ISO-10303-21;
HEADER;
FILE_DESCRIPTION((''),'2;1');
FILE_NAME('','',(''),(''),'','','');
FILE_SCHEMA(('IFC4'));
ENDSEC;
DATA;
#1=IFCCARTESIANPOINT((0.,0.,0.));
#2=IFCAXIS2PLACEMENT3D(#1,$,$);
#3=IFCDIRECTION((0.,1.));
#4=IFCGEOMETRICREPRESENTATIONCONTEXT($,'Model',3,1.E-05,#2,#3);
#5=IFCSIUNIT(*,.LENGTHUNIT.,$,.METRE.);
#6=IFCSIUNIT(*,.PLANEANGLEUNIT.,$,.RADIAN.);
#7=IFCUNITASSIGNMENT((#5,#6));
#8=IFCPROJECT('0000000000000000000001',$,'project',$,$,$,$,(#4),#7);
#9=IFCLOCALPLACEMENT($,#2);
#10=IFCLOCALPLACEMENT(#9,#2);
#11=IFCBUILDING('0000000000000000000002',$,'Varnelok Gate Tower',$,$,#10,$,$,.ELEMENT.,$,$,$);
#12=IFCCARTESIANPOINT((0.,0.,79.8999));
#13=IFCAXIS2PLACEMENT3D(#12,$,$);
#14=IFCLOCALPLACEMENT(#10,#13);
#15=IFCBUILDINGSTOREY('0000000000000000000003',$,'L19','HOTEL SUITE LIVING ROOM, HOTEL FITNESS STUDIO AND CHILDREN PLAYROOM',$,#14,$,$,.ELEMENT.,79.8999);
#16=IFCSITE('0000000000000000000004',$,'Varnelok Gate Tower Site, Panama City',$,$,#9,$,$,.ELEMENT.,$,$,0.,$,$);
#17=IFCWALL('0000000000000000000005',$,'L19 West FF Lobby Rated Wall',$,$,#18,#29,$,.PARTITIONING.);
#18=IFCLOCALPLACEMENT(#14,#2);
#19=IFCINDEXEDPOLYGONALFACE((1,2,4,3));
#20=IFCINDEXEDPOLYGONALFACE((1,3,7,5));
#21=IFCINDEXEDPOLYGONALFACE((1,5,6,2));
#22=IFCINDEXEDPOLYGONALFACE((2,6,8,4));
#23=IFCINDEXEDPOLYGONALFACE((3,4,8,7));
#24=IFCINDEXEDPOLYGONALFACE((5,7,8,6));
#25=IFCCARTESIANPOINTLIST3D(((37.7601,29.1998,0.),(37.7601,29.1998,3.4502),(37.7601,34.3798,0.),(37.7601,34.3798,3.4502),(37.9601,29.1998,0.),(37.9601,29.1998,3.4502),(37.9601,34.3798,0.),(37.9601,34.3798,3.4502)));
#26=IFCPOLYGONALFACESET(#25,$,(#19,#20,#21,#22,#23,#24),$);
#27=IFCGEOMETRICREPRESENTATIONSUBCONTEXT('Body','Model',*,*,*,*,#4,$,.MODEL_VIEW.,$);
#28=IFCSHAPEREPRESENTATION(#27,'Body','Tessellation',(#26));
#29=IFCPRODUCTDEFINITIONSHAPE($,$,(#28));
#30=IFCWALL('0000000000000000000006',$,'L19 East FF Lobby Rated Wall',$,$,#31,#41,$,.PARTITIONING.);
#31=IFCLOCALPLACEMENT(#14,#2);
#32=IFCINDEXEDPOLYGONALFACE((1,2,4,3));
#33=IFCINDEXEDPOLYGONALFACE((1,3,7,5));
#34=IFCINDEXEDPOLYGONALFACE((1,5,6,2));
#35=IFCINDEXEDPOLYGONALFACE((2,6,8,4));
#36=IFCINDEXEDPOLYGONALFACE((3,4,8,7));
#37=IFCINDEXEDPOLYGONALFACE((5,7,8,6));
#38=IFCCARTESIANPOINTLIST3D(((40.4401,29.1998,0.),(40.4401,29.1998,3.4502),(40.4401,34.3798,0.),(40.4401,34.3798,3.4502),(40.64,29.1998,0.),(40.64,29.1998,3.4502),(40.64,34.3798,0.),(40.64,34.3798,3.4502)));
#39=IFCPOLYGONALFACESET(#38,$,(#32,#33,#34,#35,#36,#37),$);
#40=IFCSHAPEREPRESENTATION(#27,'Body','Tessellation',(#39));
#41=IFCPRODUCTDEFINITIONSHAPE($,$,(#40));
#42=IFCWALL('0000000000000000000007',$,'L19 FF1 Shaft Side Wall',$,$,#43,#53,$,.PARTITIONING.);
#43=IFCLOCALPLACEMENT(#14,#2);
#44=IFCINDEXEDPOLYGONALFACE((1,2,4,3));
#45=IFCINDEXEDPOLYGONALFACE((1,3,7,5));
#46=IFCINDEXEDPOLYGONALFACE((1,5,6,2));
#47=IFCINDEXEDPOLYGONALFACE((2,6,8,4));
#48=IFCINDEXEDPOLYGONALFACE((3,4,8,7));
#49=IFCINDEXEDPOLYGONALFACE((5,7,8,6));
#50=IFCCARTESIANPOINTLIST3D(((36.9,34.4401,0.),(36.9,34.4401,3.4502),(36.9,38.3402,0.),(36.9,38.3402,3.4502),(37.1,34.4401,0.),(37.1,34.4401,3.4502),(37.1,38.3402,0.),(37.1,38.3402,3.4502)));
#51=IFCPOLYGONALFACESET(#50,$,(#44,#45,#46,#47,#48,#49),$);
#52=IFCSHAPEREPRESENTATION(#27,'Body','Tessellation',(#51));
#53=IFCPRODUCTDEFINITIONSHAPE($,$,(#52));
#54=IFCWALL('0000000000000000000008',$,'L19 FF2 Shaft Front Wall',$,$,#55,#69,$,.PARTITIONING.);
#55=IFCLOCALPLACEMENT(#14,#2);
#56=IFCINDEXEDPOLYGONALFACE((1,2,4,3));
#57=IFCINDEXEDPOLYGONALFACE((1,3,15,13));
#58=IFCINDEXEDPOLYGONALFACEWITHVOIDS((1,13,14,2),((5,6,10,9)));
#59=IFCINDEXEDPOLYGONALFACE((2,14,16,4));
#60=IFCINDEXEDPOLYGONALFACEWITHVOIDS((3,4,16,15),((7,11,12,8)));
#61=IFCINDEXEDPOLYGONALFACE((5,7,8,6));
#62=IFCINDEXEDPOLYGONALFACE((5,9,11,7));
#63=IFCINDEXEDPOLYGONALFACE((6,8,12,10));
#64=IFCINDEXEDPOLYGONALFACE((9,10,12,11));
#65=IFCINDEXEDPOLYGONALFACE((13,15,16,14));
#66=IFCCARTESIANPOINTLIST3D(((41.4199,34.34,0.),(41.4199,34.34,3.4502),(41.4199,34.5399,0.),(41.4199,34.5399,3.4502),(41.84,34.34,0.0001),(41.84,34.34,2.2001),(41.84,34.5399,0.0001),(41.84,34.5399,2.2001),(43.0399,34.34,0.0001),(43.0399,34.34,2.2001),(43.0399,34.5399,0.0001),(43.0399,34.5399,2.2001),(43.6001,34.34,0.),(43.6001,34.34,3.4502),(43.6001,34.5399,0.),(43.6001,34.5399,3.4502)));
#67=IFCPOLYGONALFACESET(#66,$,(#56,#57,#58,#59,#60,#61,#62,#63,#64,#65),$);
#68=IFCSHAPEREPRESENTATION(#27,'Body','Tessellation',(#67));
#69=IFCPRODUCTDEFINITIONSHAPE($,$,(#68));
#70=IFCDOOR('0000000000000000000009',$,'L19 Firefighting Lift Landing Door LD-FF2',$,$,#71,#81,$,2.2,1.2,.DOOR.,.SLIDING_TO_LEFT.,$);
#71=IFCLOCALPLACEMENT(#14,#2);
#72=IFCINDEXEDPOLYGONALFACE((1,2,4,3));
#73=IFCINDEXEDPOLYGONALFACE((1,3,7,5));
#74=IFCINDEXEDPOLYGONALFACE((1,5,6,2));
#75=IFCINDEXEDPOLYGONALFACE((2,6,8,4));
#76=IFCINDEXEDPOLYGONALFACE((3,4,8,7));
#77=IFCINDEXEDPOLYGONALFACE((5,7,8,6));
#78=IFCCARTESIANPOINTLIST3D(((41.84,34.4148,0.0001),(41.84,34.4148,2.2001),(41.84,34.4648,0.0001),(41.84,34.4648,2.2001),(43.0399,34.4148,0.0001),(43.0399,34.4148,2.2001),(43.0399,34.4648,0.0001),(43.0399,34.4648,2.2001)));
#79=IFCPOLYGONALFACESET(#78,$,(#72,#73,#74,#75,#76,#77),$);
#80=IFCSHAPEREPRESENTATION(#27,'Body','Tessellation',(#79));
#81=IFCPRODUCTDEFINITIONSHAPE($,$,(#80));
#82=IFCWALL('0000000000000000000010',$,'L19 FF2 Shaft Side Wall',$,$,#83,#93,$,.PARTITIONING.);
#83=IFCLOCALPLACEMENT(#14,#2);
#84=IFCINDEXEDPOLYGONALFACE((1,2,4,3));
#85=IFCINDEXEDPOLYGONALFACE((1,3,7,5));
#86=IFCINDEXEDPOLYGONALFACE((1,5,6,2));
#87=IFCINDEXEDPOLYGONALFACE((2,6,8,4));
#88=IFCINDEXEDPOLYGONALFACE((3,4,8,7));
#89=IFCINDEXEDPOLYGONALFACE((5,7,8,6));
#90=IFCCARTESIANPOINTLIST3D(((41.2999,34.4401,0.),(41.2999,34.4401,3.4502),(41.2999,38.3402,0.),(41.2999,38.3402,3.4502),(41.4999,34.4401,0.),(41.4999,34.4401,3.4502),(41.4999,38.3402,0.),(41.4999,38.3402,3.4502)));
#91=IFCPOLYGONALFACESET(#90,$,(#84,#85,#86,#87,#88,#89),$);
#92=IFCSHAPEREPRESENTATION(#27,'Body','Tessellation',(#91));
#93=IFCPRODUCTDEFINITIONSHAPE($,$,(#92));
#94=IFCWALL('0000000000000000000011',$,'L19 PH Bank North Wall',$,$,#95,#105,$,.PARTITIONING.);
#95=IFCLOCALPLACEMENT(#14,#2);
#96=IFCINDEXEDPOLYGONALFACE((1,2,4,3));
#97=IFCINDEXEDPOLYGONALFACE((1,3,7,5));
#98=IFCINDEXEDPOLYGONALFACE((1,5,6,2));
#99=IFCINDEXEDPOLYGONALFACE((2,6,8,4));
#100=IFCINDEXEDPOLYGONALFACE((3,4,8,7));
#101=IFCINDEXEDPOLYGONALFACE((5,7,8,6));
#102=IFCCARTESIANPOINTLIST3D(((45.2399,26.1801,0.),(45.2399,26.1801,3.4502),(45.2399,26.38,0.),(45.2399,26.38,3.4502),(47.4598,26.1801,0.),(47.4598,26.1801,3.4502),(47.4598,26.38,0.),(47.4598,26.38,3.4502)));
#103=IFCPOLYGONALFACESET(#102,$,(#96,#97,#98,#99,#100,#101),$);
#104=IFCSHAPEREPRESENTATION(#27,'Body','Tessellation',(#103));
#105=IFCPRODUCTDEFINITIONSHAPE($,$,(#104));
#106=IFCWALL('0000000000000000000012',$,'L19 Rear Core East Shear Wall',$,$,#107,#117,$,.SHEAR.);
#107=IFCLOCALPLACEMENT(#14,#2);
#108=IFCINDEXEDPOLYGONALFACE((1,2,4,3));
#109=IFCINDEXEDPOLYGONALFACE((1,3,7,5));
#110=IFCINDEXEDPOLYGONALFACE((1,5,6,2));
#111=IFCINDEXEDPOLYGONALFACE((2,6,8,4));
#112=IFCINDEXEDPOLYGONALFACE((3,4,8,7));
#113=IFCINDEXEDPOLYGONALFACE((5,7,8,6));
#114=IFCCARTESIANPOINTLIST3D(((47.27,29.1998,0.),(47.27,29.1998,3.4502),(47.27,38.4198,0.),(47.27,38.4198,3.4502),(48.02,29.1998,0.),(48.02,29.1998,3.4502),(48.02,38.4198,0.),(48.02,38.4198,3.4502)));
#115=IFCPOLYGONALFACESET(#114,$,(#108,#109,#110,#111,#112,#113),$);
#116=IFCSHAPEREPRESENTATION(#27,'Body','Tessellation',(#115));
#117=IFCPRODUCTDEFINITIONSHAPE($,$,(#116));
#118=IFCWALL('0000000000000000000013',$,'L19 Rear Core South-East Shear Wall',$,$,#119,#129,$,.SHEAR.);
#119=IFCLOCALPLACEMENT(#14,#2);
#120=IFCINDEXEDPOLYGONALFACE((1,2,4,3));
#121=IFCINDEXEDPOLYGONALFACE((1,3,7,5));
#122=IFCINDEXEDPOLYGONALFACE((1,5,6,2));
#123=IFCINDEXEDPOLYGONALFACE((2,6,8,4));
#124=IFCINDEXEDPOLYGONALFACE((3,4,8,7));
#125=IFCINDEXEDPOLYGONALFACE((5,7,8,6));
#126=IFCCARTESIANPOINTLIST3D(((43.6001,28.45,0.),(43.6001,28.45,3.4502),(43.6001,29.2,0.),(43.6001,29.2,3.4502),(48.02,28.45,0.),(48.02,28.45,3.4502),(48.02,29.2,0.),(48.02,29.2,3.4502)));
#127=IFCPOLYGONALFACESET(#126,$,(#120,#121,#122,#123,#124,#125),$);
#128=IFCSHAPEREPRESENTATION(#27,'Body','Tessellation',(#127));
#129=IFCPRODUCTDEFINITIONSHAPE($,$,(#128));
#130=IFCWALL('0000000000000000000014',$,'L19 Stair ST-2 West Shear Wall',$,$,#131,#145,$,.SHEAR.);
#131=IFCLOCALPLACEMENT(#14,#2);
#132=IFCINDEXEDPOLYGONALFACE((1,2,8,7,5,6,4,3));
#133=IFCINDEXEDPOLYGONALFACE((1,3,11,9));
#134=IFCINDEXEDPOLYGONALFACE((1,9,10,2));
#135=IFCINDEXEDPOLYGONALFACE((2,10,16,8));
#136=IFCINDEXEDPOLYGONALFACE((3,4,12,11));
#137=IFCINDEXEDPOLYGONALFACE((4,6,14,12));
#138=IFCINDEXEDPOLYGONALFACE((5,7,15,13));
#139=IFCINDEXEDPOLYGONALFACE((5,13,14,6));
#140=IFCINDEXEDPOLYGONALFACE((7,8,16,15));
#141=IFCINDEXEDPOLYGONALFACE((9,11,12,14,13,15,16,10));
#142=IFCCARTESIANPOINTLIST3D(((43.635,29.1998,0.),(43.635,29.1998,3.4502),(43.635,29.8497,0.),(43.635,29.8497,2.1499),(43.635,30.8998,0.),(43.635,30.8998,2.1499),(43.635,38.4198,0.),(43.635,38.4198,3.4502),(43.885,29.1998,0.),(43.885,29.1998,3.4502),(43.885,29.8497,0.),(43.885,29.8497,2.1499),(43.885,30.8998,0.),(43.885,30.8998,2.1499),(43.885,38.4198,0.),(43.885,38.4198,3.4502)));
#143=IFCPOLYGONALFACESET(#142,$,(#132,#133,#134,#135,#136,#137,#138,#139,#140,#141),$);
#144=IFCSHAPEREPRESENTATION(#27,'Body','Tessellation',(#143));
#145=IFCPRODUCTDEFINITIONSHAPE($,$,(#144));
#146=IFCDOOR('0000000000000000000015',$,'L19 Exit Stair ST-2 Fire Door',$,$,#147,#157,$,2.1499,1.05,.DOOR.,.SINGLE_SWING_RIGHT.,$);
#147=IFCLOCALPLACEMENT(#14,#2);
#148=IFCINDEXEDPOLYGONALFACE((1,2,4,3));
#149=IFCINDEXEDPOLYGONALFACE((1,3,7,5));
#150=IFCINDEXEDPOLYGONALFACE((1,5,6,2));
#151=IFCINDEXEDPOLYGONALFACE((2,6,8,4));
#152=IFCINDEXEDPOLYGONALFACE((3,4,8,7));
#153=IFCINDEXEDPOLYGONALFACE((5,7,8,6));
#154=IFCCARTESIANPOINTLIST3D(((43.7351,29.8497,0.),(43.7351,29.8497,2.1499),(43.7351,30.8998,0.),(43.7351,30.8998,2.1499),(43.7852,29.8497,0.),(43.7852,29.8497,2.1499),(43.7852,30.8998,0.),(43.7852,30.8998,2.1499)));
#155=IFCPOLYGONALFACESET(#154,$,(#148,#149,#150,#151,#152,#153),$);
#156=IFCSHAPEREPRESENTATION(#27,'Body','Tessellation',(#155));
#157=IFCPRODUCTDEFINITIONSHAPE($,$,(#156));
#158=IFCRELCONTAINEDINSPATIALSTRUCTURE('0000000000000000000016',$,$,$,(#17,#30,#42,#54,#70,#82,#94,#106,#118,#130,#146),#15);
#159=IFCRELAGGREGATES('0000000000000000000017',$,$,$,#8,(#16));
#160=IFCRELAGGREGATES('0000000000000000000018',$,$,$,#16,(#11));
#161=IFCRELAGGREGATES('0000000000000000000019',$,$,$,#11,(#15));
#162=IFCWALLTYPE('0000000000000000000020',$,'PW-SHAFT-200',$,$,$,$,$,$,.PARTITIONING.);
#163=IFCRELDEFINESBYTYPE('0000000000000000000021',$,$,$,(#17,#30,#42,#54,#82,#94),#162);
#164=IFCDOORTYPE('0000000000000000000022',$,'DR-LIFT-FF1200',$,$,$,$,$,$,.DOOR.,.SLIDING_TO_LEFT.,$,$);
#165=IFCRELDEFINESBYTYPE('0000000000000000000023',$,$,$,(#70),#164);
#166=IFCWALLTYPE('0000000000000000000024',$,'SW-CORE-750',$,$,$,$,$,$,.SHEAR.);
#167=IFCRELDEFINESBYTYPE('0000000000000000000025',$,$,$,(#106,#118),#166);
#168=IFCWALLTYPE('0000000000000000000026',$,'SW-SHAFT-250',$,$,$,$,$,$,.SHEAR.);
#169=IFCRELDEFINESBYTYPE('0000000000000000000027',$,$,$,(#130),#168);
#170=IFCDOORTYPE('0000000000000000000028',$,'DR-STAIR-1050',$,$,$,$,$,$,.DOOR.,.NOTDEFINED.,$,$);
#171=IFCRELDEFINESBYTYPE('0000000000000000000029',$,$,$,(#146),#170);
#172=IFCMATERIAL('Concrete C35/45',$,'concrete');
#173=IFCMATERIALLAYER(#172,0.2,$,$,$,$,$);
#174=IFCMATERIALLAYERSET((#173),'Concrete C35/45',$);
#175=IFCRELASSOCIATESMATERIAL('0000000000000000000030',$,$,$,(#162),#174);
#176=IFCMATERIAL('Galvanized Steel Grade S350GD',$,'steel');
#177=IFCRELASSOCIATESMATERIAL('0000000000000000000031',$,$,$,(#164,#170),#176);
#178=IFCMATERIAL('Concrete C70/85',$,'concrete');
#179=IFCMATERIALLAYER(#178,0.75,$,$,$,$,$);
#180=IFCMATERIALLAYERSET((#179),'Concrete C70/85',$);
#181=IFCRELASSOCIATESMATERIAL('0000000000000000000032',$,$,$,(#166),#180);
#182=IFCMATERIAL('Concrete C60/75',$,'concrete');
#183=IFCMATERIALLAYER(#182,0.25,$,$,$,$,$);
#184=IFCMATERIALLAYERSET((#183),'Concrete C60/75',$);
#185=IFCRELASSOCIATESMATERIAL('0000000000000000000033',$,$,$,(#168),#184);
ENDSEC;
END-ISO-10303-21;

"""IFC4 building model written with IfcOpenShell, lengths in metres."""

from ifc_helpers import new_model, si_unit, direction, frame, frame_2d, origin, place, context, subcontext, project, spatial, rectangle, extrude, material, layer, layer_set, type_object, element, fill, save


model = new_model("IFC4")

# Units and contexts
model_context = context("Model", 3, precision=1e-05, world=origin(), true_north=direction((0.0, 1.0)))
body_context = subcontext(model_context, "Body", "Model", "MODEL_VIEW")
ifc_project = project(units=[si_unit("LENGTHUNIT", "METRE"), si_unit("PLANEANGLEUNIT", "RADIAN")], contexts=[model_context])

# Site, building, storey
site_placement = place(None, origin())
site = spatial("IfcSite", under=ifc_project, at=site_placement, Name="Varnelok Gate Tower Site, Panama City", CompositionType="ELEMENT", RefElevation=0.0)
building_placement = place(site_placement, origin())
building = spatial("IfcBuilding", under=site, at=building_placement, Name="Varnelok Gate Tower", CompositionType="ELEMENT")
storey_placement = place(building_placement, frame((0.0, 0.0, 79.8999)))
storey = spatial("IfcBuildingStorey", under=building, at=storey_placement, Name="L19", Description="HOTEL SUITE LIVING ROOM, HOTEL FITNESS STUDIO AND CHILDREN PLAYROOM", CompositionType="ELEMENT", Elevation=79.8999)

# Shared definitions
ifc_material_1 = material(Name="Concrete C70/85", Category="concrete")

# Shared definitions
ifc_material_2 = material(Name="Galvanized Steel Grade S350GD", Category="steel")

# Walls
ifc_material_3 = material(Name="Concrete C35/45", Category="concrete")
ifc_layer_1 = layer(ifc_material_3, 0.2)
ifc_layer_set_1 = layer_set([ifc_layer_1], Name="Concrete C35/45")
wall_type_1 = type_object("IfcWallType", Name="PW-SHAFT-200", PredefinedType="PARTITIONING", material=ifc_layer_set_1)
for number, where, z_axis, x_axis, name in (
    (1, (37.8601, 29.2, 0.0), (0.0, 0.0, 1.0), (0.0, 1.0, 0.0), "L19 West FF Lobby Rated Wall"),
    (2, (40.54, 29.2, 0.0), (0.0, 0.0, 1.0), (0.0, 1.0, 0.0), "L19 East FF Lobby Rated Wall"),
):
    element("IfcWall", number, at=place(storey_placement, frame(where, z_axis=z_axis, x_axis=x_axis)), inside=storey, type_object=wall_type_1, Name=name, PredefinedType="PARTITIONING", context=body_context, shape_type="SweptSolid", body=[
        extrude(rectangle(XDim=5.1799, YDim=0.2, at=frame_2d((2.5898, 0.0))), origin(), (0.0, 0.0, 1.0), 3.4502),
    ])
wall_1_placement = place(storey_placement, frame((37.0, 34.4399, 0.0), z_axis=(0.0, 0.0, 1.0), x_axis=(0.0, 1.0, 0.0)))
element("IfcWall", 3, at=wall_1_placement, inside=storey, type_object=wall_type_1, Name="L19 FF1 Shaft Side Wall", PredefinedType="PARTITIONING", context=body_context, shape_type="SweptSolid", body=[
    extrude(rectangle(XDim=3.9001, YDim=0.2, at=frame_2d((1.9502, 0.0))), origin(), (0.0, 0.0, 1.0), 3.4502),
])

# Wall, opening, door
wall_2_placement = place(storey_placement, frame((41.4199, 34.4399, 0.0), z_axis=(0.0, 0.0, 1.0), x_axis=(1.0, 0.0, 0.0)))
wall_2 = element("IfcWall", 4, at=wall_2_placement, inside=storey, type_object=wall_type_1, Name="L19 FF2 Shaft Front Wall", PredefinedType="PARTITIONING", context=body_context, shape_type="SweptSolid", body=[
    extrude(rectangle(XDim=2.1802, YDim=0.2, at=frame_2d((1.0901, 0.0))), origin(), (0.0, 0.0, 1.0), 3.4502),
])
opening_1_placement = place(wall_2_placement, frame((0.4199, 0.0, 0.0)))
opening_1 = element("IfcOpeningElement", 5, at=opening_1_placement, cuts=wall_2, PredefinedType="OPENING", context=body_context, shape_type="SweptSolid", body=[
    extrude(rectangle(XDim=1.2, YDim=2.2, at=frame_2d((0.6001, 1.1001))), frame((0.0, 0.1099, 0.0), z_axis=(0.0, -1.0, 0.0), x_axis=(1.0, 0.0, 0.0)), (0.0, 0.0, 1.0), 0.22),
])
door_type_1 = type_object("IfcDoorType", Name="DR-LIFT-FF1200", OperationType="SLIDING_TO_LEFT", PredefinedType="DOOR", material=ifc_material_2)
door_1_placement = place(opening_1_placement, origin())
door_1 = element("IfcDoor", 6, at=door_1_placement, inside=storey, type_object=door_type_1, Name="L19 Firefighting Lift Landing Door LD-FF2", OperationType="SLIDING_TO_LEFT", OverallHeight=2.2, OverallWidth=1.2, PredefinedType="DOOR", context=body_context, shape_type="SweptSolid", body=[
    extrude(rectangle(XDim=1.2, YDim=2.2, at=frame_2d((0.6001, 1.1001))), frame((0.0, 0.0249, 0.0), z_axis=(0.0, -1.0, 0.0), x_axis=(1.0, 0.0, 0.0)), (0.0, 0.0, 1.0), 0.05),
])
fill(opening_1, door_1)

# Walls
wall_3_placement = place(storey_placement, frame((41.3999, 34.4399, 0.0), z_axis=(0.0, 0.0, 1.0), x_axis=(0.0, 1.0, 0.0)))
element("IfcWall", 7, at=wall_3_placement, inside=storey, type_object=wall_type_1, Name="L19 FF2 Shaft Side Wall", PredefinedType="PARTITIONING", context=body_context, shape_type="SweptSolid", body=[
    extrude(rectangle(XDim=3.9001, YDim=0.2, at=frame_2d((1.9502, 0.0))), origin(), (0.0, 0.0, 1.0), 3.4502),
])
wall_4_placement = place(storey_placement, frame((45.24, 26.28, 0.0), z_axis=(0.0, 0.0, 1.0), x_axis=(1.0, 0.0, 0.0)))
element("IfcWall", 8, at=wall_4_placement, inside=storey, type_object=wall_type_1, Name="L19 PH Bank North Wall", PredefinedType="PARTITIONING", context=body_context, shape_type="SweptSolid", body=[
    extrude(rectangle(XDim=2.22, YDim=0.2, at=frame_2d((1.1099, 0.0))), origin(), (0.0, 0.0, 1.0), 3.4502),
])
ifc_layer_2 = layer(ifc_material_1, 0.75)
ifc_layer_set_2 = layer_set([ifc_layer_2], Name="Concrete C70/85")
wall_type_2 = type_object("IfcWallType", Name="SW-CORE-750", PredefinedType="SHEAR", material=ifc_layer_set_2)
wall_5_placement = place(storey_placement, frame((47.645, 29.2, 0.0), z_axis=(0.0, 0.0, 1.0), x_axis=(0.0, 1.0, 0.0)))
element("IfcWall", 9, at=wall_5_placement, inside=storey, type_object=wall_type_2, Name="L19 Rear Core East Shear Wall", PredefinedType="SHEAR", context=body_context, shape_type="SweptSolid", body=[
    extrude(rectangle(XDim=9.22, YDim=0.75, at=frame_2d((4.6099, 0.0))), origin(), (0.0, 0.0, 1.0), 3.4502),
])
wall_6_placement = place(storey_placement, frame((43.6001, 28.825, 0.0), z_axis=(0.0, 0.0, 1.0), x_axis=(1.0, 0.0, 0.0)))
element("IfcWall", 10, at=wall_6_placement, inside=storey, type_object=wall_type_2, Name="L19 Rear Core South-East Shear Wall", PredefinedType="SHEAR", context=body_context, shape_type="SweptSolid", body=[
    extrude(rectangle(XDim=4.4199, YDim=0.75, at=frame_2d((2.21, 0.0))), origin(), (0.0, 0.0, 1.0), 3.4502),
])

# Wall, opening, door
ifc_material_4 = material(Name="Concrete C60/75", Category="concrete")
ifc_layer_3 = layer(ifc_material_4, 0.25)
ifc_layer_set_3 = layer_set([ifc_layer_3], Name="Concrete C60/75")
wall_type_3 = type_object("IfcWallType", Name="SW-SHAFT-250", PredefinedType="SHEAR", material=ifc_layer_set_3)
wall_7_placement = place(storey_placement, frame((43.76, 29.2, 0.0), z_axis=(0.0, 0.0, 1.0), x_axis=(0.0, 1.0, 0.0)))
wall_7 = element("IfcWall", 11, at=wall_7_placement, inside=storey, type_object=wall_type_3, Name="L19 Stair ST-2 West Shear Wall", PredefinedType="SHEAR", context=body_context, shape_type="SweptSolid", body=[
    extrude(rectangle(XDim=9.22, YDim=0.25, at=frame_2d((4.6099, 0.0))), origin(), (0.0, 0.0, 1.0), 3.4502),
])
opening_2_placement = place(wall_7_placement, frame((0.6499, 0.0, 0.0)))
opening_2 = element("IfcOpeningElement", 12, at=opening_2_placement, cuts=wall_7, PredefinedType="OPENING", context=body_context, shape_type="SweptSolid", body=[
    extrude(rectangle(XDim=1.05, YDim=2.1499, at=frame_2d((0.5249, 1.075))), frame((0.0, 0.135, 0.0), z_axis=(0.0, -1.0, 0.0), x_axis=(1.0, 0.0, 0.0)), (0.0, 0.0, 1.0), 0.27),
])
door_type_2 = type_object("IfcDoorType", Name="DR-STAIR-1050", OperationType="NOTDEFINED", PredefinedType="DOOR", material=ifc_material_2)
door_2_placement = place(opening_2_placement, origin())
door_2 = element("IfcDoor", 13, at=door_2_placement, inside=storey, type_object=door_type_2, Name="L19 Exit Stair ST-2 Fire Door", OperationType="SINGLE_SWING_RIGHT", OverallHeight=2.1499, OverallWidth=1.05, PredefinedType="DOOR", context=body_context, shape_type="SweptSolid", body=[
    extrude(rectangle(XDim=1.05, YDim=2.1499, at=frame_2d((0.5249, 1.075))), frame((0.0, 0.0249, 0.0), z_axis=(0.0, -1.0, 0.0), x_axis=(1.0, 0.0, 0.0)), (0.0, 0.0, 1.0), 0.05),
])
fill(opening_2, door_2)

save(model, "model.ifc")
